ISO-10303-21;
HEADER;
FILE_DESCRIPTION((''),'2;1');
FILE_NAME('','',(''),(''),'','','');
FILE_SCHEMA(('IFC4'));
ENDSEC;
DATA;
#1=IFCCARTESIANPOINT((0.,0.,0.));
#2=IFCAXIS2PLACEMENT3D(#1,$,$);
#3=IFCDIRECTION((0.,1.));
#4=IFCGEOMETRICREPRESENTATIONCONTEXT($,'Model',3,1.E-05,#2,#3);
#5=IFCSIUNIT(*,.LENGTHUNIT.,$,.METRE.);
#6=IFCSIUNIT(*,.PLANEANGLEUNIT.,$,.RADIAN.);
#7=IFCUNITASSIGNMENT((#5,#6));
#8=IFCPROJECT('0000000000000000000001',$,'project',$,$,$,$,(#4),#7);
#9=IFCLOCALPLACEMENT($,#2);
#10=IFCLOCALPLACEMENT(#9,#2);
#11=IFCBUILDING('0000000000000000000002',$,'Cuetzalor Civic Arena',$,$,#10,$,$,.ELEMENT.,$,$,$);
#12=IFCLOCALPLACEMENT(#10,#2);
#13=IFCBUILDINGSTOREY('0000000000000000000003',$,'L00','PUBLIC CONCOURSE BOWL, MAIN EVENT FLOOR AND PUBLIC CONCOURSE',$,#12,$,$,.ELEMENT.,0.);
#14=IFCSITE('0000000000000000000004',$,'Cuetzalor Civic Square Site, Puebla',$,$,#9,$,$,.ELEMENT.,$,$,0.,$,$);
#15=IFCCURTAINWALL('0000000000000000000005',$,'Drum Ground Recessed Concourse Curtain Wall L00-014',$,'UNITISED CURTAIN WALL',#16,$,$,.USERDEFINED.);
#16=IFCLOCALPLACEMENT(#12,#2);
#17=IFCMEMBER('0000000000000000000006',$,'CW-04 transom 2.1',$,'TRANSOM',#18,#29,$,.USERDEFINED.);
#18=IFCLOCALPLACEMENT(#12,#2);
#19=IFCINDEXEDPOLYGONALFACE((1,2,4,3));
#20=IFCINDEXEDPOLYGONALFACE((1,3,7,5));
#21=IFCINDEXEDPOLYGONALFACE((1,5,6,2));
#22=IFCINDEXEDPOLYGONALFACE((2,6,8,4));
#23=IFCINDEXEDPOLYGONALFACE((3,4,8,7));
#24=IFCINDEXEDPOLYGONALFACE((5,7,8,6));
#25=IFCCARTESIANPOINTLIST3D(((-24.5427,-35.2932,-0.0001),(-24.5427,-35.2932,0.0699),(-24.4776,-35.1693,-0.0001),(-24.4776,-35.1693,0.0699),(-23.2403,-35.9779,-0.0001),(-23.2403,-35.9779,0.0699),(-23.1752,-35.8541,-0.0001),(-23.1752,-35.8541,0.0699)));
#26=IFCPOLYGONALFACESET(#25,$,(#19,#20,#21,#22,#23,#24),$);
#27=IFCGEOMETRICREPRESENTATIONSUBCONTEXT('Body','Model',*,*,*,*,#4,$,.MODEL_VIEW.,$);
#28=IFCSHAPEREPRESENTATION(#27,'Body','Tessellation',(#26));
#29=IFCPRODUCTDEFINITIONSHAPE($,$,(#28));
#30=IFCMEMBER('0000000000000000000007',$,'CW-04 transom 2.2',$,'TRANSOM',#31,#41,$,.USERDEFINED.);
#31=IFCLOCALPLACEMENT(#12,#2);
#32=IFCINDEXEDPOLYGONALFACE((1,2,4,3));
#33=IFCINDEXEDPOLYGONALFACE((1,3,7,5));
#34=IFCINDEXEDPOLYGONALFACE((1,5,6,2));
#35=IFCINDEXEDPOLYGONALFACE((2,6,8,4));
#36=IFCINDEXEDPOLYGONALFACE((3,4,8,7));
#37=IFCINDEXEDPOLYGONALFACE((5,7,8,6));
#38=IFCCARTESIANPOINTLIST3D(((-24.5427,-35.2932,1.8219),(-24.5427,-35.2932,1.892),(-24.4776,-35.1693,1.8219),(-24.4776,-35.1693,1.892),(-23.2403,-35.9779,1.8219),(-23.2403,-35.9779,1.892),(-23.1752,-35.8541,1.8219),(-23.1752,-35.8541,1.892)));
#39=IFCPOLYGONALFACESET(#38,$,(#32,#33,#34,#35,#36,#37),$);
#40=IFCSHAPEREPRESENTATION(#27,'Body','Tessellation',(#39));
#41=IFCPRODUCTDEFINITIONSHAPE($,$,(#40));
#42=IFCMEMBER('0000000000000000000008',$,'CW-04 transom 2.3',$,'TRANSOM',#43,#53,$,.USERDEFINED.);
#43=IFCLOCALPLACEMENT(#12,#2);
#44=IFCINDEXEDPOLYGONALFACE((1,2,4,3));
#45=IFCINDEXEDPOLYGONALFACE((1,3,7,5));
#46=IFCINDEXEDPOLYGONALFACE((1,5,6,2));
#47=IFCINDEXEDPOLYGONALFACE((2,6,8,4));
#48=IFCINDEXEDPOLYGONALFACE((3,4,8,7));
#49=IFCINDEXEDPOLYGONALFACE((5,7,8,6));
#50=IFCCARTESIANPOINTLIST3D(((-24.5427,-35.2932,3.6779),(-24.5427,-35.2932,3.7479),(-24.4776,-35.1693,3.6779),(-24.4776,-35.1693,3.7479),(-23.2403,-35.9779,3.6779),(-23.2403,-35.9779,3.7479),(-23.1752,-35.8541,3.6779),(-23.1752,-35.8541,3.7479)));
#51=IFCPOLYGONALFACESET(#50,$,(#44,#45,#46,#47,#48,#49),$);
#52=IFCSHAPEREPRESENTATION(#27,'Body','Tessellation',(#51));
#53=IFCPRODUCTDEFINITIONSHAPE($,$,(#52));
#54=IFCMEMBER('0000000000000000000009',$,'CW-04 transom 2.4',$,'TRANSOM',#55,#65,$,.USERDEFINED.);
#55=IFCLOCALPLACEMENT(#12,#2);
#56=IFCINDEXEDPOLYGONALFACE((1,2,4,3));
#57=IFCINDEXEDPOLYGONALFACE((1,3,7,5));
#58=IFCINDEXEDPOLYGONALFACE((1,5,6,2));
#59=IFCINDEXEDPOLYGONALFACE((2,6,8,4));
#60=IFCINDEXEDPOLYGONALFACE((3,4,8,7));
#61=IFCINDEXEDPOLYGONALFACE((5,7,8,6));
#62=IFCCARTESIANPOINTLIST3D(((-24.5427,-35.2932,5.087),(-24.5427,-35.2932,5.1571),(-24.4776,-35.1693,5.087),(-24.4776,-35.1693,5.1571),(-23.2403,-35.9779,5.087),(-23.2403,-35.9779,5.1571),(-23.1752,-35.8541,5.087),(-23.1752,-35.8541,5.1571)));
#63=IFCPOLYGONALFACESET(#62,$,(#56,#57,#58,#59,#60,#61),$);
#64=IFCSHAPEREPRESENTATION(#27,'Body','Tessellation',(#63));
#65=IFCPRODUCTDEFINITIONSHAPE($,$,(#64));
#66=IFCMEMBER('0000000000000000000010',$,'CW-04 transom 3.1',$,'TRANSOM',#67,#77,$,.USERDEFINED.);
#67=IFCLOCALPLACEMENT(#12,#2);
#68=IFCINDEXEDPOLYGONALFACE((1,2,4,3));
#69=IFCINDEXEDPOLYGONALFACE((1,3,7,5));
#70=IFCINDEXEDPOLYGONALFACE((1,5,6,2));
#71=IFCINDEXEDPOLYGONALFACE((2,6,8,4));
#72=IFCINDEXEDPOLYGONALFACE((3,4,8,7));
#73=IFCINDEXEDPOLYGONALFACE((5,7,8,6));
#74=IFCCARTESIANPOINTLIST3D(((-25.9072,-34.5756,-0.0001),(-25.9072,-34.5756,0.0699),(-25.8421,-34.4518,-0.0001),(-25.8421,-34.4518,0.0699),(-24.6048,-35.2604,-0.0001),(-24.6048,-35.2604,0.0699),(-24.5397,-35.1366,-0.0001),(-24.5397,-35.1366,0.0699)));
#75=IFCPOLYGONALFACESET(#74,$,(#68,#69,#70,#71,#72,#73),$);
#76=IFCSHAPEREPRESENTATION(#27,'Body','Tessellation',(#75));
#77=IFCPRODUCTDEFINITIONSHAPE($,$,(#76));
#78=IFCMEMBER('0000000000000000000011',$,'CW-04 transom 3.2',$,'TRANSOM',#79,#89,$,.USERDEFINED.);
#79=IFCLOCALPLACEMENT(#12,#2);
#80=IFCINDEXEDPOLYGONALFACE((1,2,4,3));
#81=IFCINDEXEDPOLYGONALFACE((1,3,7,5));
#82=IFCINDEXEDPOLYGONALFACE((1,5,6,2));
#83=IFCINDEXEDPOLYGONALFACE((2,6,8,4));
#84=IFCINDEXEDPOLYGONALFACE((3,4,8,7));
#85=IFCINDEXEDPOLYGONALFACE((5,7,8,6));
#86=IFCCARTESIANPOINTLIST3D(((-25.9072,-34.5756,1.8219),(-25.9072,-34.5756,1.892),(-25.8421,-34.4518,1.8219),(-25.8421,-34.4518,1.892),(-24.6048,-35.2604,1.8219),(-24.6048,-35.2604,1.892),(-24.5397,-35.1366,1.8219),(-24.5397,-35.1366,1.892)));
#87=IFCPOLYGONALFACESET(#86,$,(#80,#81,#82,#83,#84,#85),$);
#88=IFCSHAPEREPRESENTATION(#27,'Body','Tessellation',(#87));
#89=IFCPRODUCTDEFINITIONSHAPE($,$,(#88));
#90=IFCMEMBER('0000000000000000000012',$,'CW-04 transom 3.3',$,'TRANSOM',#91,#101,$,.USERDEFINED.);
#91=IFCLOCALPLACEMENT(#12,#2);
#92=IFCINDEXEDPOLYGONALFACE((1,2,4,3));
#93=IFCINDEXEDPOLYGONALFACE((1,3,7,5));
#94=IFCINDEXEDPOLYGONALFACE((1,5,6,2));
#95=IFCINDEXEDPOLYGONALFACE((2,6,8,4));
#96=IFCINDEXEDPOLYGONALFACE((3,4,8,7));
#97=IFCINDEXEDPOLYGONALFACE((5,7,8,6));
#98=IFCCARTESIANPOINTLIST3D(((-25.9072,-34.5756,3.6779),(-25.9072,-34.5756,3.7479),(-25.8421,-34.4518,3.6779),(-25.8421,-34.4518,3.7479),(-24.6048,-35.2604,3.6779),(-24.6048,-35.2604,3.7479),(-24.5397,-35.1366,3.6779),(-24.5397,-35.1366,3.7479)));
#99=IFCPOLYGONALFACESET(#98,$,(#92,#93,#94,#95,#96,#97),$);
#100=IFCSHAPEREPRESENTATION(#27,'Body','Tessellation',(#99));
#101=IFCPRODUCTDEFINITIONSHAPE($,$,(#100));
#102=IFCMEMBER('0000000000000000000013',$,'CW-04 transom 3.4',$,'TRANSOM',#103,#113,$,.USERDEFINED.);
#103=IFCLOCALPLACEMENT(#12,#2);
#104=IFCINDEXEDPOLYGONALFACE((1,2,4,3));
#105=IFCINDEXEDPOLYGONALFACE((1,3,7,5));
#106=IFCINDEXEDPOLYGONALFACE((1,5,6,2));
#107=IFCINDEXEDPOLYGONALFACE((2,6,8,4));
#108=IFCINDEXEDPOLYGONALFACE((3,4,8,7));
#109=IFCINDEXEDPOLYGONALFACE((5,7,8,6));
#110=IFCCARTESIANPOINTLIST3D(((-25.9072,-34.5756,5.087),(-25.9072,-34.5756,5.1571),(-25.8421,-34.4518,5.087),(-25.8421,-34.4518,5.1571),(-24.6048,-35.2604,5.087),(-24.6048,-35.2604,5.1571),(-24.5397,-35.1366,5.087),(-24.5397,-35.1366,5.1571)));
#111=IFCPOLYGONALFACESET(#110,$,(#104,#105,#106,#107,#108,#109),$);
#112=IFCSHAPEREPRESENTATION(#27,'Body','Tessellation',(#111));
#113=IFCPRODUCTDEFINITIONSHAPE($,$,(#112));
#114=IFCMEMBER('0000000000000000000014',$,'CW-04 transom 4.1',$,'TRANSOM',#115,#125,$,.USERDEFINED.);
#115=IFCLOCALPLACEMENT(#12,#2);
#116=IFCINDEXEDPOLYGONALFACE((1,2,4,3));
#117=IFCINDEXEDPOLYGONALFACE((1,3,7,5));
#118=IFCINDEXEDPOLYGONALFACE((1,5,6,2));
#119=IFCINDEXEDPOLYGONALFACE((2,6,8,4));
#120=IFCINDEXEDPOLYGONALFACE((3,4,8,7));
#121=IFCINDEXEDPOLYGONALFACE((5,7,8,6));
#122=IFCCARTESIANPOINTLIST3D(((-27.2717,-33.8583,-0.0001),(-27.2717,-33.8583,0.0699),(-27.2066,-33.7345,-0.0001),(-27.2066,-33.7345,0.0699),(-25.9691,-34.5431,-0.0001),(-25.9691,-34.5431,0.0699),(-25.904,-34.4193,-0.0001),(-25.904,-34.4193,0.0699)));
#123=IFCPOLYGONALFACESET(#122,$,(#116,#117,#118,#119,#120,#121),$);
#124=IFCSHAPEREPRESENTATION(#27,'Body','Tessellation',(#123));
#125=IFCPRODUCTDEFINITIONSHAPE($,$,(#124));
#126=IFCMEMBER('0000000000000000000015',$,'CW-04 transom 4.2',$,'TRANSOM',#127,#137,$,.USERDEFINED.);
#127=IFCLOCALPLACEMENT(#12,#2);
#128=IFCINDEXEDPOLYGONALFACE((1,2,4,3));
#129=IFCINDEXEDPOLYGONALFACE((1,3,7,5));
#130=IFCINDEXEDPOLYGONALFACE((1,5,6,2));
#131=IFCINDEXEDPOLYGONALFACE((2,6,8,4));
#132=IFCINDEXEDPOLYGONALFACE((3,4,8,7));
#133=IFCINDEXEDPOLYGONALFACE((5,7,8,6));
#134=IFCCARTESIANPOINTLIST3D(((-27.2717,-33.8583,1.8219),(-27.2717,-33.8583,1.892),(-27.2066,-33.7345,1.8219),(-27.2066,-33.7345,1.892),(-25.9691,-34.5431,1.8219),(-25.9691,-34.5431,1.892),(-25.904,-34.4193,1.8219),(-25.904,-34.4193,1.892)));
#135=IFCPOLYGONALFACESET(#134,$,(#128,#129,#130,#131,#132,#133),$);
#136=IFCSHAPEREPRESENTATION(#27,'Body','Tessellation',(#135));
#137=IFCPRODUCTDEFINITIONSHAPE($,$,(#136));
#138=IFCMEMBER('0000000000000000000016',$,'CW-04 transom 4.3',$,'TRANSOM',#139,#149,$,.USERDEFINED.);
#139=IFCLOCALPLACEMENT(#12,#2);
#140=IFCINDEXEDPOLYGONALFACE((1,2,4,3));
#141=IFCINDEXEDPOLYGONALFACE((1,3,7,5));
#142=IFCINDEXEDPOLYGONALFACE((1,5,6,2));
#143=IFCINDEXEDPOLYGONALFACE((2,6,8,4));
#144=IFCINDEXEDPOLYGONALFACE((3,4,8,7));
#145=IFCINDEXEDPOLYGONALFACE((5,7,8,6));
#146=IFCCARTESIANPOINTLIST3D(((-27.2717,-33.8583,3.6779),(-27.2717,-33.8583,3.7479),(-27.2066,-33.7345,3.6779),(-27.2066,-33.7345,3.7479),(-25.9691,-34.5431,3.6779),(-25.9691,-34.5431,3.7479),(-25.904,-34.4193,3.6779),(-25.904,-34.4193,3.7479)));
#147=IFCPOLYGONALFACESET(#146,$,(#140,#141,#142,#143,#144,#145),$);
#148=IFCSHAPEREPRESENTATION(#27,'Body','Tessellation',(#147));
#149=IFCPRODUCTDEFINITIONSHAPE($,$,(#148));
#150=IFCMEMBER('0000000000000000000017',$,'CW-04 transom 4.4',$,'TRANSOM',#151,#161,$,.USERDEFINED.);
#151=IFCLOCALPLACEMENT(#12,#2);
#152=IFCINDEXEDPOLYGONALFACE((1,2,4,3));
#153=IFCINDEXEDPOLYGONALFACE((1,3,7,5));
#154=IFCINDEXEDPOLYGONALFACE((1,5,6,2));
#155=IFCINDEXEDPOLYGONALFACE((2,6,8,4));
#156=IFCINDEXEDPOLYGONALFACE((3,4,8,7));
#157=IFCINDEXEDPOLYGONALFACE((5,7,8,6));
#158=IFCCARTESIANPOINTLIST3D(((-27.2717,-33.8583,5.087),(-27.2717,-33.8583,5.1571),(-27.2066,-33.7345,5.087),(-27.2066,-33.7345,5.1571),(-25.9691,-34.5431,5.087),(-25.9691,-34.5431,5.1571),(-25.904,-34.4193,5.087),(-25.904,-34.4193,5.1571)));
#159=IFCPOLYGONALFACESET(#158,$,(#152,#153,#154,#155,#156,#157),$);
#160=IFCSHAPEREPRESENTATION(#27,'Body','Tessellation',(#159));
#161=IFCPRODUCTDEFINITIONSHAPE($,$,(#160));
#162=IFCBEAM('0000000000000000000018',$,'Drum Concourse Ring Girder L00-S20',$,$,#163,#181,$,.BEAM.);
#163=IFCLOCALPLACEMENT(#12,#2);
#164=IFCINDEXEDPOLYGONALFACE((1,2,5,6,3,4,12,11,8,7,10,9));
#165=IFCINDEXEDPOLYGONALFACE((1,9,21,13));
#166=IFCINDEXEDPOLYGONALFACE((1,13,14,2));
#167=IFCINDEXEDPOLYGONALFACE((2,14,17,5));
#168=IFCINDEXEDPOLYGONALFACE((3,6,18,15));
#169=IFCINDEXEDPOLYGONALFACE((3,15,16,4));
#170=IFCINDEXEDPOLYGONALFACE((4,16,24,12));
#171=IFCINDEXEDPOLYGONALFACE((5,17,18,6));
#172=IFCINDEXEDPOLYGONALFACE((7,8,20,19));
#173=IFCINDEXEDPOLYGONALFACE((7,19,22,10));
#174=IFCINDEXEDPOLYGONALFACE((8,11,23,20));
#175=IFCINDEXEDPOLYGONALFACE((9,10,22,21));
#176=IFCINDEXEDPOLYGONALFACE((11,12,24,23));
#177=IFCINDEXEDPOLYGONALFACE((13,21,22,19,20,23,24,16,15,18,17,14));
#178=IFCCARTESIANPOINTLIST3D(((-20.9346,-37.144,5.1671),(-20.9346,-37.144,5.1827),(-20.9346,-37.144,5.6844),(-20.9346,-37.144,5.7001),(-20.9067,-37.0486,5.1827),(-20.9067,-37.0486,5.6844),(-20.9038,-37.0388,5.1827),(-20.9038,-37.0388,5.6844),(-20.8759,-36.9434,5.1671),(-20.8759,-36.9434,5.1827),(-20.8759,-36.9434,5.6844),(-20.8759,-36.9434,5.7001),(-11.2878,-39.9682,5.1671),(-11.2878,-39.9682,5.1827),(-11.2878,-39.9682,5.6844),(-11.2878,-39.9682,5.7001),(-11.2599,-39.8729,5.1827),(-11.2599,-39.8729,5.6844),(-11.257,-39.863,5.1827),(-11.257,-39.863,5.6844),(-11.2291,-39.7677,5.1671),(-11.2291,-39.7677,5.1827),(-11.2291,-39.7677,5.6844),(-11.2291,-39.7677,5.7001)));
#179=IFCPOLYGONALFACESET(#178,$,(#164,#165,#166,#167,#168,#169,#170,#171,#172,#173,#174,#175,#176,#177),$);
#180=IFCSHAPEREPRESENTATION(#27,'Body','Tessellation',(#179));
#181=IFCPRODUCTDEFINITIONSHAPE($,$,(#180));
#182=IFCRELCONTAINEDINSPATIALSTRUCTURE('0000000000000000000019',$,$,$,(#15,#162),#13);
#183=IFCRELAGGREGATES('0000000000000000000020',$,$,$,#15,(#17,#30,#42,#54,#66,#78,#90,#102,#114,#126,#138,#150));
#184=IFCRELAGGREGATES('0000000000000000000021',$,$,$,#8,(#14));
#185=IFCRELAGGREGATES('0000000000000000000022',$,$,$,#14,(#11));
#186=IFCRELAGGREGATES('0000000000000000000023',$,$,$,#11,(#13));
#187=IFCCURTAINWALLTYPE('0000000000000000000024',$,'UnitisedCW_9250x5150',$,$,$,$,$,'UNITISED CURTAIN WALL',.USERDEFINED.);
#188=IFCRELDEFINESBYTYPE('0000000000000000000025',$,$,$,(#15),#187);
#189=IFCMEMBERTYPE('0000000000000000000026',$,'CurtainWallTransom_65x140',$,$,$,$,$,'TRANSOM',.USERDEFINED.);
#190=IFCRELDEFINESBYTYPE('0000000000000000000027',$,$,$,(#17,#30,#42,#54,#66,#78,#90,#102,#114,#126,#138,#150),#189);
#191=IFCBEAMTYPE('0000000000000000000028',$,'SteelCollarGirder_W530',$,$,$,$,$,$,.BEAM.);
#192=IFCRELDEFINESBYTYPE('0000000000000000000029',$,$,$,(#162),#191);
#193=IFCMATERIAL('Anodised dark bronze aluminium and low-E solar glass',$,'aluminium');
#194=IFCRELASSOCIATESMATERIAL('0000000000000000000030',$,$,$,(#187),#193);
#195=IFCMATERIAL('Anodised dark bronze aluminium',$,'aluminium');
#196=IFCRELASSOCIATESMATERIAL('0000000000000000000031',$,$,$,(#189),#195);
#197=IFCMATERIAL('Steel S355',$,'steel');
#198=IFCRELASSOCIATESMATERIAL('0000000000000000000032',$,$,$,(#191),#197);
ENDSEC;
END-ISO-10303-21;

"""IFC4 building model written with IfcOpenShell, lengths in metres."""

from ifc_helpers import new_model, si_unit, direction, frame, origin, origin_2d, place, context, subcontext, project, spatial, rectangle, i_section, extrude, material, material_profile, profile_set, type_object, element, aggregate, save


model = new_model("IFC4")

# Units and contexts
model_context = context("Model", 3, precision=1e-05, world=origin(), true_north=direction((0.0, 1.0)))
body_context = subcontext(model_context, "Body", "Model", "MODEL_VIEW")
ifc_project = project(units=[si_unit("LENGTHUNIT", "METRE"), si_unit("PLANEANGLEUNIT", "RADIAN")], contexts=[model_context])

# Site, building, storey
site_placement = place(None, origin())
site = spatial("IfcSite", under=ifc_project, at=site_placement, Name="Cuetzalor Civic Square Site, Puebla", CompositionType="ELEMENT", RefElevation=0.0)
building_placement = place(site_placement, origin())
building = spatial("IfcBuilding", under=site, at=building_placement, Name="Cuetzalor Civic Arena", CompositionType="ELEMENT")
storey_placement = place(building_placement, origin())
storey = spatial("IfcBuildingStorey", under=building, at=storey_placement, Name="L00", Description="PUBLIC CONCOURSE BOWL, MAIN EVENT FLOOR AND PUBLIC CONCOURSE", CompositionType="ELEMENT", Elevation=0.0)

# Curtain wall, members
ifc_material_1 = material(Name="Anodised dark bronze aluminium and low-E solar glass", Category="aluminium")
curtain_wall_type = type_object("IfcCurtainWallType", Name="UnitisedCW_9250x5150", ElementType="UNITISED CURTAIN WALL", PredefinedType="USERDEFINED", material=ifc_material_1)
curtain_wall_placement = place(storey_placement, origin())
curtain_wall = element("IfcCurtainWall", 1, at=curtain_wall_placement, inside=storey, type_object=curtain_wall_type, Name="Drum Ground Recessed Concourse Curtain Wall L00-014", ObjectType="UNITISED CURTAIN WALL", PredefinedType="USERDEFINED")
ifc_material_2 = material(Name="Anodised dark bronze aluminium", Category="aluminium")
ifc_material_profile_1 = material_profile(ifc_material_2, rectangle(XDim=0.1399, YDim=0.0701, at=origin_2d()), Name="ALU TRANSOM 70x140")
ifc_profile_set_1 = profile_set([ifc_material_profile_1], Name="Anodised dark bronze aluminium")
member_type_1 = type_object("IfcMemberType", Name="CurtainWallTransom_65x140", ElementType="TRANSOM", PredefinedType="USERDEFINED", material=ifc_profile_set_1)
member_1_placement = place(storey_placement, frame((-23.2078, -35.916, 0.0349), z_axis=(-0.885116, 0.46537, 0.0), x_axis=(-0.46537, -0.885116, 0.0)))
member_1 = element("IfcMember", 2, at=member_1_placement, type_object=member_type_1, Name="CW-04 transom 2.1", ObjectType="TRANSOM", PredefinedType="USERDEFINED", context=body_context, shape_type="SweptSolid", body=[
    extrude(rectangle(XDim=0.1399, YDim=0.0701, at=origin_2d()), origin(), (0.0, 0.0, 1.0), 1.4714),
])
member_2_placement = place(storey_placement, frame((-23.2078, -35.916, 1.8569), z_axis=(-0.885116, 0.46537, 0.0), x_axis=(-0.46537, -0.885116, 0.0)))
member_2 = element("IfcMember", 3, at=member_2_placement, type_object=member_type_1, Name="CW-04 transom 2.2", ObjectType="TRANSOM", PredefinedType="USERDEFINED", context=body_context, shape_type="SweptSolid", body=[
    extrude(rectangle(XDim=0.1399, YDim=0.0701, at=origin_2d()), origin(), (0.0, 0.0, 1.0), 1.4714),
])
member_3_placement = place(storey_placement, frame((-23.2078, -35.916, 3.7129), z_axis=(-0.885116, 0.46537, 0.0), x_axis=(-0.46537, -0.885116, 0.0)))
member_3 = element("IfcMember", 4, at=member_3_placement, type_object=member_type_1, Name="CW-04 transom 2.3", ObjectType="TRANSOM", PredefinedType="USERDEFINED", context=body_context, shape_type="SweptSolid", body=[
    extrude(rectangle(XDim=0.1399, YDim=0.0701, at=origin_2d()), origin(), (0.0, 0.0, 1.0), 1.4714),
])
member_4_placement = place(storey_placement, frame((-23.2078, -35.916, 5.1221), z_axis=(-0.885116, 0.46537, 0.0), x_axis=(-0.46537, -0.885116, 0.0)))
member_4 = element("IfcMember", 5, at=member_4_placement, type_object=member_type_1, Name="CW-04 transom 2.4", ObjectType="TRANSOM", PredefinedType="USERDEFINED", context=body_context, shape_type="SweptSolid", body=[
    extrude(rectangle(XDim=0.1399, YDim=0.0701, at=origin_2d()), origin(), (0.0, 0.0, 1.0), 1.4714),
])
member_5_placement = place(storey_placement, frame((-24.5723, -35.1985, 0.0349), z_axis=(-0.885116, 0.46537, 0.0), x_axis=(-0.46537, -0.885116, 0.0)))
member_5 = element("IfcMember", 6, at=member_5_placement, type_object=member_type_1, Name="CW-04 transom 3.1", ObjectType="TRANSOM", PredefinedType="USERDEFINED", context=body_context, shape_type="SweptSolid", body=[
    extrude(rectangle(XDim=0.1399, YDim=0.0701, at=origin_2d()), origin(), (0.0, 0.0, 1.0), 1.4714),
])
member_6_placement = place(storey_placement, frame((-24.5723, -35.1985, 1.8569), z_axis=(-0.885116, 0.46537, 0.0), x_axis=(-0.46537, -0.885116, 0.0)))
member_6 = element("IfcMember", 7, at=member_6_placement, type_object=member_type_1, Name="CW-04 transom 3.2", ObjectType="TRANSOM", PredefinedType="USERDEFINED", context=body_context, shape_type="SweptSolid", body=[
    extrude(rectangle(XDim=0.1399, YDim=0.0701, at=origin_2d()), origin(), (0.0, 0.0, 1.0), 1.4714),
])
member_7_placement = place(storey_placement, frame((-24.5723, -35.1985, 3.7129), z_axis=(-0.885116, 0.46537, 0.0), x_axis=(-0.46537, -0.885116, 0.0)))
member_7 = element("IfcMember", 8, at=member_7_placement, type_object=member_type_1, Name="CW-04 transom 3.3", ObjectType="TRANSOM", PredefinedType="USERDEFINED", context=body_context, shape_type="SweptSolid", body=[
    extrude(rectangle(XDim=0.1399, YDim=0.0701, at=origin_2d()), origin(), (0.0, 0.0, 1.0), 1.4714),
])
member_8_placement = place(storey_placement, frame((-24.5723, -35.1985, 5.1221), z_axis=(-0.885116, 0.46537, 0.0), x_axis=(-0.46537, -0.885116, 0.0)))
member_8 = element("IfcMember", 9, at=member_8_placement, type_object=member_type_1, Name="CW-04 transom 3.4", ObjectType="TRANSOM", PredefinedType="USERDEFINED", context=body_context, shape_type="SweptSolid", body=[
    extrude(rectangle(XDim=0.1399, YDim=0.0701, at=origin_2d()), origin(), (0.0, 0.0, 1.0), 1.4714),
])
member_9_placement = place(storey_placement, frame((-25.9365, -34.4812, 0.0349), z_axis=(-0.885152, 0.465302, 0.0), x_axis=(-0.465302, -0.885152, 0.0)))
member_9 = element("IfcMember", 10, at=member_9_placement, type_object=member_type_1, Name="CW-04 transom 4.1", ObjectType="TRANSOM", PredefinedType="USERDEFINED", context=body_context, shape_type="SweptSolid", body=[
    extrude(rectangle(XDim=0.1399, YDim=0.0701, at=origin_2d()), origin(), (0.0, 0.0, 1.0), 1.4717),
])
member_10_placement = place(storey_placement, frame((-25.9365, -34.4812, 1.8569), z_axis=(-0.885152, 0.465302, 0.0), x_axis=(-0.465302, -0.885152, 0.0)))
member_10 = element("IfcMember", 11, at=member_10_placement, type_object=member_type_1, Name="CW-04 transom 4.2", ObjectType="TRANSOM", PredefinedType="USERDEFINED", context=body_context, shape_type="SweptSolid", body=[
    extrude(rectangle(XDim=0.1399, YDim=0.0701, at=origin_2d()), origin(), (0.0, 0.0, 1.0), 1.4717),
])
member_11_placement = place(storey_placement, frame((-25.9365, -34.4812, 3.7129), z_axis=(-0.885152, 0.465302, 0.0), x_axis=(-0.465302, -0.885152, 0.0)))
member_11 = element("IfcMember", 12, at=member_11_placement, type_object=member_type_1, Name="CW-04 transom 4.3", ObjectType="TRANSOM", PredefinedType="USERDEFINED", context=body_context, shape_type="SweptSolid", body=[
    extrude(rectangle(XDim=0.1399, YDim=0.0701, at=origin_2d()), origin(), (0.0, 0.0, 1.0), 1.4717),
])
member_12_placement = place(storey_placement, frame((-25.9365, -34.4812, 5.1221), z_axis=(-0.885152, 0.465302, 0.0), x_axis=(-0.465302, -0.885152, 0.0)))
member_12 = element("IfcMember", 13, at=member_12_placement, type_object=member_type_1, Name="CW-04 transom 4.4", ObjectType="TRANSOM", PredefinedType="USERDEFINED", context=body_context, shape_type="SweptSolid", body=[
    extrude(rectangle(XDim=0.1399, YDim=0.0701, at=origin_2d()), origin(), (0.0, 0.0, 1.0), 1.4717),
])

# Beam
ifc_material_3 = material(Name="Steel S355", Category="steel")
ifc_material_profile_2 = material_profile(ifc_material_3, i_section(OverallWidth=0.209, OverallDepth=0.533, WebThickness=0.0103, FlangeThickness=0.0156, at=origin_2d()), Name="W530x92")
ifc_profile_set_2 = profile_set([ifc_material_profile_2], Name="Steel S355")
beam_type_1 = type_object("IfcBeamType", Name="SteelCollarGirder_W530", PredefinedType="BEAM", material=ifc_profile_set_2)
beam_1_placement = place(storey_placement, frame((-20.9053, -37.0437, 5.4336), z_axis=(0.959716, -0.280971, 0.0), x_axis=(0.280971, 0.959716, 0.0)))
element("IfcBeam", 14, at=beam_1_placement, inside=storey, type_object=beam_type_1, Name="Drum Concourse Ring Girder L00-S20", PredefinedType="BEAM", context=body_context, shape_type="SweptSolid", body=[
    extrude(i_section(OverallWidth=0.209, OverallDepth=0.533, WebThickness=0.0103, FlangeThickness=0.0156, at=origin_2d()), origin(), (0.0, 0.0, 1.0), 10.0518),
])

aggregate(curtain_wall, [member_1, member_2, member_3, member_4, member_5, member_6, member_7, member_8, member_9, member_10, member_11, member_12])

save(model, "model.ifc")
